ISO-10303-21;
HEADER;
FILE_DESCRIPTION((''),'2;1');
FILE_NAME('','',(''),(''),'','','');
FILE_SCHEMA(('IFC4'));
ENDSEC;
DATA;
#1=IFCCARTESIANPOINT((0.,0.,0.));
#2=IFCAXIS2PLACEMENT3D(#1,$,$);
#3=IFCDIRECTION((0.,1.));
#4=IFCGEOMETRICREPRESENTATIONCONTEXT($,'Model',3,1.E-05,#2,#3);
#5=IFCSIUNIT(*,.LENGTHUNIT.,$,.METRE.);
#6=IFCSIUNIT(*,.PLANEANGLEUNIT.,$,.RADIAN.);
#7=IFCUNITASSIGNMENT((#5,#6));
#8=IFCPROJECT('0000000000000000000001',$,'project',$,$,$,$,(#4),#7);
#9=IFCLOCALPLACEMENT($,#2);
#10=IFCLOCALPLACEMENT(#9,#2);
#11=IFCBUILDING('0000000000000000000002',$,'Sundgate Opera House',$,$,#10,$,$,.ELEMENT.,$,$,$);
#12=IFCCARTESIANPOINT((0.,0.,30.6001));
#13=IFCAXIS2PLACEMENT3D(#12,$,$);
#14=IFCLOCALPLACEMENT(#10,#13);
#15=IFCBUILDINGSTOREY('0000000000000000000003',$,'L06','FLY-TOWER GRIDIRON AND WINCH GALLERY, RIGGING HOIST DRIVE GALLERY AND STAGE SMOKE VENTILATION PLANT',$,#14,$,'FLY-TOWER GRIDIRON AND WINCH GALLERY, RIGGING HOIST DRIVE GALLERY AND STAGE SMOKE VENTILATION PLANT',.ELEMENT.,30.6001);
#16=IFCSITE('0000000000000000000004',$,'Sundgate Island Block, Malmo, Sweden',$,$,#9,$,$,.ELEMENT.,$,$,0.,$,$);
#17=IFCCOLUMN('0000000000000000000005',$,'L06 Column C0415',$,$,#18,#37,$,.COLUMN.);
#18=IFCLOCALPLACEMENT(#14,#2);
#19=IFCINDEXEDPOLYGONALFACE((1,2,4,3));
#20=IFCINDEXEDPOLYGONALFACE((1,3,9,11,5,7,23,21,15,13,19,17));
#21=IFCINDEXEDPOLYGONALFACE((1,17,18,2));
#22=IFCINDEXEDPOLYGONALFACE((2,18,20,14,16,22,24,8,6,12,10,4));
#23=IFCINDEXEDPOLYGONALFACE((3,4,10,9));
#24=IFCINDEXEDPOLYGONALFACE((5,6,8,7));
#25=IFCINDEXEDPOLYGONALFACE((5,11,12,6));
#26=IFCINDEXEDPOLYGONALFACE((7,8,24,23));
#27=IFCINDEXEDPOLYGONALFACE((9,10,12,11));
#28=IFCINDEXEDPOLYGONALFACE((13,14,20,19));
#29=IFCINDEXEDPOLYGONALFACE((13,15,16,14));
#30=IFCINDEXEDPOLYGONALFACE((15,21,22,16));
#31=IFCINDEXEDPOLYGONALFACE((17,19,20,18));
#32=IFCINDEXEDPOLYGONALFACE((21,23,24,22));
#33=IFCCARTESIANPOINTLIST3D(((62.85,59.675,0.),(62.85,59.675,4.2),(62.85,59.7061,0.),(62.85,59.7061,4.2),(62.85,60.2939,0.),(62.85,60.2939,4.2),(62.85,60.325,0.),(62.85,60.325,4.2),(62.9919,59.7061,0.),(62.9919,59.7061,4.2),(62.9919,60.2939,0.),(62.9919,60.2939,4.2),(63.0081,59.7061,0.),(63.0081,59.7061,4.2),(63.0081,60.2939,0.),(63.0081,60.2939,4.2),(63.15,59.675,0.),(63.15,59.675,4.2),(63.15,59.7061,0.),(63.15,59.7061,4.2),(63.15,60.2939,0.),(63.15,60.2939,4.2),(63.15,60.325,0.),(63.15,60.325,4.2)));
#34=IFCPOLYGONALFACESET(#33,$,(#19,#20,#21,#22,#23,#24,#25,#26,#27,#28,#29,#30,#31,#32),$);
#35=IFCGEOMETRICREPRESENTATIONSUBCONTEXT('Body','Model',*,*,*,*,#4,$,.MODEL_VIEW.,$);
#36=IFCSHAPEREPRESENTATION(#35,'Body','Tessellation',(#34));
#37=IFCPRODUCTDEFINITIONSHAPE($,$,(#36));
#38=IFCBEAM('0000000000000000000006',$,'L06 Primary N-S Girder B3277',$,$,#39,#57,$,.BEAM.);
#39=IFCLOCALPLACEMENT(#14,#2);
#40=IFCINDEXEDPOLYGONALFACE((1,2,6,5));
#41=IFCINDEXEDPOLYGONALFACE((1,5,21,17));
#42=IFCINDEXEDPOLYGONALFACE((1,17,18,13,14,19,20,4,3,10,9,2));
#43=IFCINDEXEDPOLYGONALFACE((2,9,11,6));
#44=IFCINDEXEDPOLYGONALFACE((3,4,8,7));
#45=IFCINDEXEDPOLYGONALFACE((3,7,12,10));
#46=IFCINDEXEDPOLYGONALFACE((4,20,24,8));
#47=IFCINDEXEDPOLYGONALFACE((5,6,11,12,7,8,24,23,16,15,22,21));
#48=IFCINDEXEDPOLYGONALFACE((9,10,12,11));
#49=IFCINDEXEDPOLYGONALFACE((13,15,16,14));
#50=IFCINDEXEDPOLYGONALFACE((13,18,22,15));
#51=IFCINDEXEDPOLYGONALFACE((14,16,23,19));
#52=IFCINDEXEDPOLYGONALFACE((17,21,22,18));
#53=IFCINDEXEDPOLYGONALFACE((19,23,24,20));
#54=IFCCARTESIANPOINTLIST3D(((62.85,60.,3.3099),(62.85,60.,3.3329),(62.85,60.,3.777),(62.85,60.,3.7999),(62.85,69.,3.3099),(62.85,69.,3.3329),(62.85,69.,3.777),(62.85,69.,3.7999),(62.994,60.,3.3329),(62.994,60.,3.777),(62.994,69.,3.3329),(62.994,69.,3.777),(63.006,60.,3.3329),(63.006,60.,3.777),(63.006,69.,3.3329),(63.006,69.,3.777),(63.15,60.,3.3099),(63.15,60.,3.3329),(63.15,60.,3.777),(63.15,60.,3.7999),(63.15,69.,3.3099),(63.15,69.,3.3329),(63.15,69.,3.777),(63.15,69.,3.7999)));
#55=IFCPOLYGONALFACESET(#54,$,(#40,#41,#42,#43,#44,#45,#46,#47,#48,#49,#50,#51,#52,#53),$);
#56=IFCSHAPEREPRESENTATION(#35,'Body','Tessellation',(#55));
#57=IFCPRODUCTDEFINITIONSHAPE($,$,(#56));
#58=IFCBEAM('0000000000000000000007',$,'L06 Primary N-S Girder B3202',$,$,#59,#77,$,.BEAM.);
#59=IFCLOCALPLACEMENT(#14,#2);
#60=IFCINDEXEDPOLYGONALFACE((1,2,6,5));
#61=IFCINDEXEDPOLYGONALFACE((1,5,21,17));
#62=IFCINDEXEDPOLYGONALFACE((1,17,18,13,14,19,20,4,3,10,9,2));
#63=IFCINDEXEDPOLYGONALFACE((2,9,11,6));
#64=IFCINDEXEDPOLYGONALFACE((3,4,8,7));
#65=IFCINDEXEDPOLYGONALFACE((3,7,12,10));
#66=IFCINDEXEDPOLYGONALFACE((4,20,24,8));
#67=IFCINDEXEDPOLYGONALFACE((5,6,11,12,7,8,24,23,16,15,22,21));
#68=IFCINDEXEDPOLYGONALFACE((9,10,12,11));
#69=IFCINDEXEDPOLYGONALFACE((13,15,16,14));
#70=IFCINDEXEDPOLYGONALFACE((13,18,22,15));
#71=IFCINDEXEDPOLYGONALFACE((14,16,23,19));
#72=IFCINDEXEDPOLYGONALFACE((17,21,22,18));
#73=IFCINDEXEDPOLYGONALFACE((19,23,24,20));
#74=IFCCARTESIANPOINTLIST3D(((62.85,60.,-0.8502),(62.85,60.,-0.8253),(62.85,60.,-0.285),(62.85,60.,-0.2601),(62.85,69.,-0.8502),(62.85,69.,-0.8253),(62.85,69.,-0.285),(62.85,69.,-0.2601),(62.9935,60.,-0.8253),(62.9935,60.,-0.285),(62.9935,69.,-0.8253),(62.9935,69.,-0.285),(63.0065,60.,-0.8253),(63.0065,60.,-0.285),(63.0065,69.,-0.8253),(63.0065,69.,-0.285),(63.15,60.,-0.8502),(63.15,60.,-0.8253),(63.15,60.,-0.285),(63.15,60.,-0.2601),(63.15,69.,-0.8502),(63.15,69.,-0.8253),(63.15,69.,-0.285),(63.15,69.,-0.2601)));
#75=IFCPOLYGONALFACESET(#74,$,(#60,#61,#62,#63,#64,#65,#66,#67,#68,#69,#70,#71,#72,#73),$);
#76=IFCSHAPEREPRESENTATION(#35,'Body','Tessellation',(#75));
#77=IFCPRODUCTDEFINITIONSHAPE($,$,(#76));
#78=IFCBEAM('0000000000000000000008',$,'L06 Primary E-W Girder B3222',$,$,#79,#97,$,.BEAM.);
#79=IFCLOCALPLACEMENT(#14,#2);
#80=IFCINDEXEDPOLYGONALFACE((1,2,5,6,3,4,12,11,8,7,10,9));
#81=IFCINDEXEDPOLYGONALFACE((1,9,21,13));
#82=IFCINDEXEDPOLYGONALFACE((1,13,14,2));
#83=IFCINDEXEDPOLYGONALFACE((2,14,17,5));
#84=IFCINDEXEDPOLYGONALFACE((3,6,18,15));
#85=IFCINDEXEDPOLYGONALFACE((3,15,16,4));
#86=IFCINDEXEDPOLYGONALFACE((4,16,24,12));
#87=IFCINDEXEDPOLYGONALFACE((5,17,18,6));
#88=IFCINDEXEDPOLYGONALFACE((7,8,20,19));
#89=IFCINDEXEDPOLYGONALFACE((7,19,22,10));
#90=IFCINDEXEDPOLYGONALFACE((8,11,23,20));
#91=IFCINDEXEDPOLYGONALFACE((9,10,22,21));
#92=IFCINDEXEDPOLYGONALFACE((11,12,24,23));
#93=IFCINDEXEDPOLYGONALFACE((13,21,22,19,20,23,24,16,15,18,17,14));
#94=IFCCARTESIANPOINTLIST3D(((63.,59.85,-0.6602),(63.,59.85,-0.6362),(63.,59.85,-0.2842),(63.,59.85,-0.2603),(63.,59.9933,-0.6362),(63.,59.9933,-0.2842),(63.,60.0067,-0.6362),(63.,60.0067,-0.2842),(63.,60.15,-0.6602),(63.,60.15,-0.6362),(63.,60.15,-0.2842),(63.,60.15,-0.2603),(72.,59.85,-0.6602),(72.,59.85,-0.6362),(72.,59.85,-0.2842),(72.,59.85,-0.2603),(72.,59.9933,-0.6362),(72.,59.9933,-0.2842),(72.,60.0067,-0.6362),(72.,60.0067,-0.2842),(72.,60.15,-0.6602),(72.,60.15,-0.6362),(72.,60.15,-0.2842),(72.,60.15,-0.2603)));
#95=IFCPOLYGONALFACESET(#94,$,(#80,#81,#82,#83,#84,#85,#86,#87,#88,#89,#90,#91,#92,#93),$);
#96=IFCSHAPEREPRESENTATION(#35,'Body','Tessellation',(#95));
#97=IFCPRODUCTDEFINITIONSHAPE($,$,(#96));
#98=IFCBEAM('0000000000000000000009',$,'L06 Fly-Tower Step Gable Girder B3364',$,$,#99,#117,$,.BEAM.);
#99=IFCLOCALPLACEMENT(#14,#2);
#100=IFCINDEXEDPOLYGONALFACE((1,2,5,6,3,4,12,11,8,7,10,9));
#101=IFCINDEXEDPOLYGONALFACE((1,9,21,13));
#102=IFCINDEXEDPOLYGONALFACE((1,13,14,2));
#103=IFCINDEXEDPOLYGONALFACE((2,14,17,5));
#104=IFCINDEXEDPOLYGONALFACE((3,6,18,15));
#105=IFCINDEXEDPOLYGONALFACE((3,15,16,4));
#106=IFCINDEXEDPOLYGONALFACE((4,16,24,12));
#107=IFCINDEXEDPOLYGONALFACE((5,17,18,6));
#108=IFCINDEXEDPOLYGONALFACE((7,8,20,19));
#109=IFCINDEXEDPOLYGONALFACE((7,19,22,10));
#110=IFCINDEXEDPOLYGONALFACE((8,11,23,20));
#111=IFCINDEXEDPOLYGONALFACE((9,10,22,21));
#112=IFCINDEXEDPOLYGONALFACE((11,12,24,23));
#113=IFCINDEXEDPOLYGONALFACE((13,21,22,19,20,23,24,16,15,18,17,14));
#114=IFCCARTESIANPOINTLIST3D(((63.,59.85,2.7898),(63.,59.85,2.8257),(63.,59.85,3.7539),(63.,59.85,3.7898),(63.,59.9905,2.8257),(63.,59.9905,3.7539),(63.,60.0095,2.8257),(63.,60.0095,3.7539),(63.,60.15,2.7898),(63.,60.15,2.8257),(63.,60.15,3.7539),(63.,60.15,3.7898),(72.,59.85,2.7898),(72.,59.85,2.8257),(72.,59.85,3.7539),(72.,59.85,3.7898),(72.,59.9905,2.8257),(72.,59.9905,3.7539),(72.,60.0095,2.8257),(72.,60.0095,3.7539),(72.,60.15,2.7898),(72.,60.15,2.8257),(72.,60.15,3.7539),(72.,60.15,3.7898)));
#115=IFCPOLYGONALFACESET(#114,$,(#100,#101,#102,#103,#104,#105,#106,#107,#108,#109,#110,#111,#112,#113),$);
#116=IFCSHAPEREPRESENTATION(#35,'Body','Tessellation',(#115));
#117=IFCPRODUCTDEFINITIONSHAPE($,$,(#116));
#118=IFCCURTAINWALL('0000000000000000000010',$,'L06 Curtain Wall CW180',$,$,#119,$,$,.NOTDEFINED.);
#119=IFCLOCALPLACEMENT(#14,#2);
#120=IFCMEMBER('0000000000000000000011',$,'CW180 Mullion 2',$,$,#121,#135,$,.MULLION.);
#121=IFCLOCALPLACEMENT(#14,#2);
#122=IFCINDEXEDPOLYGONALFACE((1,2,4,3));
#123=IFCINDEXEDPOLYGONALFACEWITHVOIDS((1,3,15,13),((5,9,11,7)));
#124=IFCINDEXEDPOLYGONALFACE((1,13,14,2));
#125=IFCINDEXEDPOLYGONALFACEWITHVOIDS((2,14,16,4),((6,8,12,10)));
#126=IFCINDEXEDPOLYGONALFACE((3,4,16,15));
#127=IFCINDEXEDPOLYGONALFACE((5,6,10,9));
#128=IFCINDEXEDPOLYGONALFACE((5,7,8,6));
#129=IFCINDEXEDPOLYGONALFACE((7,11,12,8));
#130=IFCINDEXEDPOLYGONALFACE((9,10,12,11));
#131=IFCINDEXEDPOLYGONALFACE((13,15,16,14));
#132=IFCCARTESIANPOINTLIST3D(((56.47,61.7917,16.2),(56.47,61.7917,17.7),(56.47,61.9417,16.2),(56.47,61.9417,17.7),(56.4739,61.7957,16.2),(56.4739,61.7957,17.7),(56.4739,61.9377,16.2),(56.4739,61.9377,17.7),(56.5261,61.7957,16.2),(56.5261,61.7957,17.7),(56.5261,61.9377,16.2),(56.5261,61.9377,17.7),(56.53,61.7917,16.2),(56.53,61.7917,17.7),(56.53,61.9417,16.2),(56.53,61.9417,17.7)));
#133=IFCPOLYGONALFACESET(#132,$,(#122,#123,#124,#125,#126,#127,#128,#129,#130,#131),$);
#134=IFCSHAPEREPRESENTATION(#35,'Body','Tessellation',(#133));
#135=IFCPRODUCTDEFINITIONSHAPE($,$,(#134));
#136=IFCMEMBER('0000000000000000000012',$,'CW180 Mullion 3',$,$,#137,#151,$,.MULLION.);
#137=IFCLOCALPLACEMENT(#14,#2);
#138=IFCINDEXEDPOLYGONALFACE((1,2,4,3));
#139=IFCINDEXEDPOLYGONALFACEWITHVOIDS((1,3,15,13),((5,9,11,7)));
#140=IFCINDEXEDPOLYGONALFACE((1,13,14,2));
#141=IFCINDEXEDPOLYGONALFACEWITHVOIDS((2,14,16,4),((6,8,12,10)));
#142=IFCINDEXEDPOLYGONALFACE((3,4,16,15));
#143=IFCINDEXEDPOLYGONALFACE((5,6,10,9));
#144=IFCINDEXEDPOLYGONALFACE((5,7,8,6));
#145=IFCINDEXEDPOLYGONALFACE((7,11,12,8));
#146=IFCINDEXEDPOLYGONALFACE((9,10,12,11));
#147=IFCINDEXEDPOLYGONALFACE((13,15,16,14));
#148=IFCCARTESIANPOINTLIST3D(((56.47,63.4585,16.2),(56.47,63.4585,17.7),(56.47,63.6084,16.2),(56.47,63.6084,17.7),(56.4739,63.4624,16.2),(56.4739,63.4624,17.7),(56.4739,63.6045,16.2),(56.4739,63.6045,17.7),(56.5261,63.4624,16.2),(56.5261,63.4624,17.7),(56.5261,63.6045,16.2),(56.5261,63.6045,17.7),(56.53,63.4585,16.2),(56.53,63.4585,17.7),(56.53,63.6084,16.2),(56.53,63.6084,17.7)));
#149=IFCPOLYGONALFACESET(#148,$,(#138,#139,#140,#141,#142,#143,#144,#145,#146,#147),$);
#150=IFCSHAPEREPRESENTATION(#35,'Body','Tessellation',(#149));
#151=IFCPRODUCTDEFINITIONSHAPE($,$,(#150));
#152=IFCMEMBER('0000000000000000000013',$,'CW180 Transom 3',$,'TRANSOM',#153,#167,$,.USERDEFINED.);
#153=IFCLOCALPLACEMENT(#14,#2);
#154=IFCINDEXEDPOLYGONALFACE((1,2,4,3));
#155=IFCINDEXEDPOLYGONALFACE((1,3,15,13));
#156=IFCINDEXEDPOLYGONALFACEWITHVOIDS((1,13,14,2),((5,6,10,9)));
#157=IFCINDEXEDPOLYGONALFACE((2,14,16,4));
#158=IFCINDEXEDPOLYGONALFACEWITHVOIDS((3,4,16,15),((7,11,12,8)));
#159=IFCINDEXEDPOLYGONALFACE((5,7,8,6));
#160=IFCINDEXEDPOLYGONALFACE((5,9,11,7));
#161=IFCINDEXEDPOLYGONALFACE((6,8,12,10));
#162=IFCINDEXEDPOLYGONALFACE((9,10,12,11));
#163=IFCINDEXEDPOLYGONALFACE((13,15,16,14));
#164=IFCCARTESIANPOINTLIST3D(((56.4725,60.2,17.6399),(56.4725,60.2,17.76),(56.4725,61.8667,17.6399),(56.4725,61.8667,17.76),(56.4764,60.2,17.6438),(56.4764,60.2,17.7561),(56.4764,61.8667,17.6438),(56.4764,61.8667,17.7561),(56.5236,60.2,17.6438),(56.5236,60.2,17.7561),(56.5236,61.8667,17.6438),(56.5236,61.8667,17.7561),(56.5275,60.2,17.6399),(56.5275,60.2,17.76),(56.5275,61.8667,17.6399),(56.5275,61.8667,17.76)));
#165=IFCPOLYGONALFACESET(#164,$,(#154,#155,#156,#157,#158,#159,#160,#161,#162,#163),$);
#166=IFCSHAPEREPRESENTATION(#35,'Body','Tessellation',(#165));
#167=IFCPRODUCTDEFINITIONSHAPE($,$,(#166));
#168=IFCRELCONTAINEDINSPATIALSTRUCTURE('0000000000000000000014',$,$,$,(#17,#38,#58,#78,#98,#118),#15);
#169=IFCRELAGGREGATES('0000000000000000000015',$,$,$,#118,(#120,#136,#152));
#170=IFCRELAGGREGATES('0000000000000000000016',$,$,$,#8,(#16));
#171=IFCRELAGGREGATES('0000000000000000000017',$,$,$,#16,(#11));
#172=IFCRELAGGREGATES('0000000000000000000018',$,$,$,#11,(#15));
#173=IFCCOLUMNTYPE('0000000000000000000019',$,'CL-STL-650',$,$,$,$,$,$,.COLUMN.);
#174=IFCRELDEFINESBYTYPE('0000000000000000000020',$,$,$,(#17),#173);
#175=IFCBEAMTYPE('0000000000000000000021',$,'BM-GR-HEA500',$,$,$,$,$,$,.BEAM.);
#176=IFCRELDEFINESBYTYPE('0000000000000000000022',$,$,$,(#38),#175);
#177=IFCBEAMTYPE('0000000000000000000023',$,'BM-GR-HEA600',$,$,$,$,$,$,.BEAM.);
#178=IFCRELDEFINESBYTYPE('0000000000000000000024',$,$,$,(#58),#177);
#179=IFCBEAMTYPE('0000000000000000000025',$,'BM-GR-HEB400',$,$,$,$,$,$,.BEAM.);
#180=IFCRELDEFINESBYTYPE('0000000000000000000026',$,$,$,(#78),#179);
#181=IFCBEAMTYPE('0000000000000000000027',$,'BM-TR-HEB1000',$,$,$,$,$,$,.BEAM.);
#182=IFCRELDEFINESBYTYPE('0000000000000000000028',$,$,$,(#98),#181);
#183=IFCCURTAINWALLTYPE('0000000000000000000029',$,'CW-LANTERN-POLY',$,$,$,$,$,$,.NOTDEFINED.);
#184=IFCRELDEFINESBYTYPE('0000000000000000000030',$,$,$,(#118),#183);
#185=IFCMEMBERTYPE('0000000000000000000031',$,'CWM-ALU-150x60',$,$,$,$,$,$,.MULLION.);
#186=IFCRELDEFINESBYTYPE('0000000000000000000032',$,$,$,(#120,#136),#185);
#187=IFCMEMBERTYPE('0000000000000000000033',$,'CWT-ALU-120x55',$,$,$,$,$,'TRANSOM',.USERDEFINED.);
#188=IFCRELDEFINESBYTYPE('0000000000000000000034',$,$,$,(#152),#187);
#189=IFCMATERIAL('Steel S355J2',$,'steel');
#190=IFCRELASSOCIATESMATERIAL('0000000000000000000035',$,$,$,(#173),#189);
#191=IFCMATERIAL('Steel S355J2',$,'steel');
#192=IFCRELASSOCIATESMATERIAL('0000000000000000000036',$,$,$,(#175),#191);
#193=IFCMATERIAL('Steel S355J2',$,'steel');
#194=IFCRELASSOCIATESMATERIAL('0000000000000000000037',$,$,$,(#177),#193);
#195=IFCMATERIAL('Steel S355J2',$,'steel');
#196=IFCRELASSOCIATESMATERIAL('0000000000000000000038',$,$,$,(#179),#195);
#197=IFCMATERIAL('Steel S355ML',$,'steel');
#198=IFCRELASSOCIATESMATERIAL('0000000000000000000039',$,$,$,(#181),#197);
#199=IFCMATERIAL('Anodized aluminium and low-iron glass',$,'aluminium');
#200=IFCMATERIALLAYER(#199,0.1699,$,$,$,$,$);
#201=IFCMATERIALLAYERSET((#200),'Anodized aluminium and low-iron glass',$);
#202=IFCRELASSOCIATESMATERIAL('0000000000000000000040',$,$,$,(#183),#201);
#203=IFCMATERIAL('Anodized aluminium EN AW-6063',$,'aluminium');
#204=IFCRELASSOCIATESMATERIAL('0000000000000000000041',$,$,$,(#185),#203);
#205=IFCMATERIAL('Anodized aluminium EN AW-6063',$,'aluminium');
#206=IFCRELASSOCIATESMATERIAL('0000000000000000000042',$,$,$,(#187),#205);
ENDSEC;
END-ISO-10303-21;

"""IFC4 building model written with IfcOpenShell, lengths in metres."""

from ifc_helpers import new_model, si_unit, direction, frame, origin, origin_2d, place, context, subcontext, project, spatial, hollow_rectangle, i_section, extrude, material, layer, layer_set, material_profile, profile_set, type_object, element, aggregate, save


model = new_model("IFC4")

# Units and contexts
model_context = context("Model", 3, precision=1e-05, world=origin(), true_north=direction((0.0, 1.0)))
body_context = subcontext(model_context, "Body", "Model", "MODEL_VIEW")
ifc_project = project(units=[si_unit("LENGTHUNIT", "METRE"), si_unit("PLANEANGLEUNIT", "RADIAN")], contexts=[model_context])

# Site, building, storey
site_placement = place(None, origin())
site = spatial("IfcSite", under=ifc_project, at=site_placement, Name="Sundgate Island Block, Malmo, Sweden", CompositionType="ELEMENT", RefElevation=0.0)
building_placement = place(site_placement, origin())
building = spatial("IfcBuilding", under=site, at=building_placement, Name="Sundgate Opera House", CompositionType="ELEMENT")
storey_placement = place(building_placement, frame((0.0, 0.0, 30.6001)))
storey = spatial("IfcBuildingStorey", under=building, at=storey_placement, Name="L06", Description="FLY-TOWER GRIDIRON AND WINCH GALLERY, RIGGING HOIST DRIVE GALLERY AND STAGE SMOKE VENTILATION PLANT", LongName="FLY-TOWER GRIDIRON AND WINCH GALLERY, RIGGING HOIST DRIVE GALLERY AND STAGE SMOKE VENTILATION PLANT", CompositionType="ELEMENT", Elevation=30.6001)

# Column
ifc_material_1 = material(Name="Steel S355J2", Category="steel")
ifc_material_profile_1 = material_profile(ifc_material_1, i_section(OverallWidth=0.3, OverallDepth=0.6499, WebThickness=0.0161, FlangeThickness=0.031, at=origin_2d()), Name="HEB 650")
ifc_profile_set_1 = profile_set([ifc_material_profile_1], Name="Steel S355J2")
column_type = type_object("IfcColumnType", Name="CL-STL-650", PredefinedType="COLUMN", material=ifc_profile_set_1)
column_placement = place(storey_placement, frame((63.0, 60.0, 0.0), z_axis=(0.0, 0.0, 1.0), x_axis=(1.0, 0.0, 0.0)))
element("IfcColumn", 1, at=column_placement, inside=storey, type_object=column_type, Name="L06 Column C0415", PredefinedType="COLUMN", context=body_context, shape_type="SweptSolid", body=[
    extrude(i_section(OverallWidth=0.3, OverallDepth=0.6499, WebThickness=0.0161, FlangeThickness=0.031, at=origin_2d()), origin(), (0.0, 0.0, 1.0), 4.2),
])

# Beams
ifc_material_2 = material(Name="Steel S355J2", Category="steel")
ifc_material_profile_2 = material_profile(ifc_material_2, i_section(OverallWidth=0.3, OverallDepth=0.49, WebThickness=0.012, FlangeThickness=0.0229, at=origin_2d()), Name="HEA 500")
ifc_profile_set_2 = profile_set([ifc_material_profile_2], Name="Steel S355J2")
beam_type_1 = type_object("IfcBeamType", Name="BM-GR-HEA500", PredefinedType="BEAM", material=ifc_profile_set_2)
beam_1_placement = place(storey_placement, frame((63.0, 60.0, 3.5549), z_axis=(0.0, 1.0, 0.0), x_axis=(-1.0, 0.0, 0.0)))
element("IfcBeam", 2, at=beam_1_placement, inside=storey, type_object=beam_type_1, Name="L06 Primary N-S Girder B3277", PredefinedType="BEAM", context=body_context, shape_type="SweptSolid", body=[
    extrude(i_section(OverallWidth=0.3, OverallDepth=0.49, WebThickness=0.012, FlangeThickness=0.0229, at=origin_2d()), origin(), (0.0, 0.0, 1.0), 9.0),
])
ifc_material_3 = material(Name="Steel S355J2", Category="steel")
ifc_material_profile_3 = material_profile(ifc_material_3, i_section(OverallWidth=0.3, OverallDepth=0.5901, WebThickness=0.0129, FlangeThickness=0.0249, at=origin_2d()), Name="HEA 600")
ifc_profile_set_3 = profile_set([ifc_material_profile_3], Name="Steel S355J2")
beam_type_2 = type_object("IfcBeamType", Name="BM-GR-HEA600", PredefinedType="BEAM", material=ifc_profile_set_3)
beam_2_placement = place(storey_placement, frame((63.0, 60.0, -0.5552), z_axis=(0.0, 1.0, 0.0), x_axis=(-1.0, 0.0, 0.0)))
element("IfcBeam", 3, at=beam_2_placement, inside=storey, type_object=beam_type_2, Name="L06 Primary N-S Girder B3202", PredefinedType="BEAM", context=body_context, shape_type="SweptSolid", body=[
    extrude(i_section(OverallWidth=0.3, OverallDepth=0.5901, WebThickness=0.0129, FlangeThickness=0.0249, at=origin_2d()), origin(), (0.0, 0.0, 1.0), 9.0),
])
ifc_material_4 = material(Name="Steel S355J2", Category="steel")
ifc_material_profile_4 = material_profile(ifc_material_4, i_section(OverallWidth=0.3, OverallDepth=0.3999, WebThickness=0.0134, FlangeThickness=0.0239, at=origin_2d()), Name="HEB 400")
ifc_profile_set_4 = profile_set([ifc_material_profile_4], Name="Steel S355J2")
beam_type_3 = type_object("IfcBeamType", Name="BM-GR-HEB400", PredefinedType="BEAM", material=ifc_profile_set_4)
beam_3_placement = place(storey_placement, frame((63.0, 60.0, -0.4602), z_axis=(1.0, 0.0, 0.0), x_axis=(0.0, 1.0, 0.0)))
element("IfcBeam", 4, at=beam_3_placement, inside=storey, type_object=beam_type_3, Name="L06 Primary E-W Girder B3222", PredefinedType="BEAM", context=body_context, shape_type="SweptSolid", body=[
    extrude(i_section(OverallWidth=0.3, OverallDepth=0.3999, WebThickness=0.0134, FlangeThickness=0.0239, at=origin_2d()), origin(), (0.0, 0.0, 1.0), 9.0),
])
ifc_material_5 = material(Name="Steel S355ML", Category="steel")
ifc_material_profile_5 = material_profile(ifc_material_5, i_section(OverallWidth=0.3, OverallDepth=1.0, WebThickness=0.019, FlangeThickness=0.0359, at=origin_2d()), Name="HEB 1000")
ifc_profile_set_5 = profile_set([ifc_material_profile_5], Name="Steel S355ML")
beam_type_4 = type_object("IfcBeamType", Name="BM-TR-HEB1000", PredefinedType="BEAM", material=ifc_profile_set_5)
beam_4_placement = place(storey_placement, frame((63.0, 60.0, 3.2898), z_axis=(1.0, 0.0, 0.0), x_axis=(0.0, 1.0, 0.0)))
element("IfcBeam", 5, at=beam_4_placement, inside=storey, type_object=beam_type_4, Name="L06 Fly-Tower Step Gable Girder B3364", PredefinedType="BEAM", context=body_context, shape_type="SweptSolid", body=[
    extrude(i_section(OverallWidth=0.3, OverallDepth=1.0, WebThickness=0.019, FlangeThickness=0.0359, at=origin_2d()), origin(), (0.0, 0.0, 1.0), 9.0),
])

# Curtain wall, members
ifc_material_6 = material(Name="Anodized aluminium and low-iron glass", Category="aluminium")
ifc_layer_1 = layer(ifc_material_6, 0.1699)
ifc_layer_set_1 = layer_set([ifc_layer_1], Name="Anodized aluminium and low-iron glass")
curtain_wall_type = type_object("IfcCurtainWallType", Name="CW-LANTERN-POLY", PredefinedType="NOTDEFINED", material=ifc_layer_set_1)
curtain_wall_placement = place(storey_placement, origin())
curtain_wall = element("IfcCurtainWall", 6, at=curtain_wall_placement, inside=storey, type_object=curtain_wall_type, Name="L06 Curtain Wall CW180", PredefinedType="NOTDEFINED")
ifc_material_7 = material(Name="Anodized aluminium EN AW-6063", Category="aluminium")
ifc_material_profile_6 = material_profile(ifc_material_7, hollow_rectangle(XDim=0.0601, YDim=0.1499, WallThickness=0.0039, at=origin_2d()), Name="CWM 150x60x4")
ifc_profile_set_6 = profile_set([ifc_material_profile_6], Name="Anodized aluminium EN AW-6063")
member_type_1 = type_object("IfcMemberType", Name="CWM-ALU-150x60", PredefinedType="MULLION", material=ifc_profile_set_6)
member_1_placement = place(storey_placement, frame((56.5, 61.8667, 16.2), z_axis=(0.0, 0.0, 1.0), x_axis=(1.0, 0.0, 0.0)))
member_1 = element("IfcMember", 7, at=member_1_placement, type_object=member_type_1, Name="CW180 Mullion 2", PredefinedType="MULLION", context=body_context, shape_type="SweptSolid", body=[
    extrude(hollow_rectangle(XDim=0.0601, YDim=0.1499, WallThickness=0.0039, at=origin_2d()), origin(), (0.0, 0.0, 1.0), 1.5),
])
member_2_placement = place(storey_placement, frame((56.5, 63.5334, 16.2), z_axis=(0.0, 0.0, 1.0), x_axis=(1.0, 0.0, 0.0)))
member_2 = element("IfcMember", 8, at=member_2_placement, type_object=member_type_1, Name="CW180 Mullion 3", PredefinedType="MULLION", context=body_context, shape_type="SweptSolid", body=[
    extrude(hollow_rectangle(XDim=0.0601, YDim=0.1499, WallThickness=0.0039, at=origin_2d()), origin(), (0.0, 0.0, 1.0), 1.5),
])
ifc_material_8 = material(Name="Anodized aluminium EN AW-6063", Category="aluminium")
ifc_material_profile_7 = material_profile(ifc_material_8, hollow_rectangle(XDim=0.0549, YDim=0.1201, WallThickness=0.0039, at=origin_2d()), Name="CWT 120x55x4")
ifc_profile_set_7 = profile_set([ifc_material_profile_7], Name="Anodized aluminium EN AW-6063")
member_type_2 = type_object("IfcMemberType", Name="CWT-ALU-120x55", ElementType="TRANSOM", PredefinedType="USERDEFINED", material=ifc_profile_set_7)
member_3_placement = place(storey_placement, frame((56.5, 60.2, 17.7), z_axis=(0.0, 1.0, 0.0), x_axis=(-1.0, 0.0, 0.0)))
member_3 = element("IfcMember", 9, at=member_3_placement, type_object=member_type_2, Name="CW180 Transom 3", ObjectType="TRANSOM", PredefinedType="USERDEFINED", context=body_context, shape_type="SweptSolid", body=[
    extrude(hollow_rectangle(XDim=0.0549, YDim=0.1201, WallThickness=0.0039, at=origin_2d()), origin(), (0.0, 0.0, 1.0), 1.6667),
])

aggregate(curtain_wall, [member_1, member_2, member_3])

save(model, "model.ifc")
